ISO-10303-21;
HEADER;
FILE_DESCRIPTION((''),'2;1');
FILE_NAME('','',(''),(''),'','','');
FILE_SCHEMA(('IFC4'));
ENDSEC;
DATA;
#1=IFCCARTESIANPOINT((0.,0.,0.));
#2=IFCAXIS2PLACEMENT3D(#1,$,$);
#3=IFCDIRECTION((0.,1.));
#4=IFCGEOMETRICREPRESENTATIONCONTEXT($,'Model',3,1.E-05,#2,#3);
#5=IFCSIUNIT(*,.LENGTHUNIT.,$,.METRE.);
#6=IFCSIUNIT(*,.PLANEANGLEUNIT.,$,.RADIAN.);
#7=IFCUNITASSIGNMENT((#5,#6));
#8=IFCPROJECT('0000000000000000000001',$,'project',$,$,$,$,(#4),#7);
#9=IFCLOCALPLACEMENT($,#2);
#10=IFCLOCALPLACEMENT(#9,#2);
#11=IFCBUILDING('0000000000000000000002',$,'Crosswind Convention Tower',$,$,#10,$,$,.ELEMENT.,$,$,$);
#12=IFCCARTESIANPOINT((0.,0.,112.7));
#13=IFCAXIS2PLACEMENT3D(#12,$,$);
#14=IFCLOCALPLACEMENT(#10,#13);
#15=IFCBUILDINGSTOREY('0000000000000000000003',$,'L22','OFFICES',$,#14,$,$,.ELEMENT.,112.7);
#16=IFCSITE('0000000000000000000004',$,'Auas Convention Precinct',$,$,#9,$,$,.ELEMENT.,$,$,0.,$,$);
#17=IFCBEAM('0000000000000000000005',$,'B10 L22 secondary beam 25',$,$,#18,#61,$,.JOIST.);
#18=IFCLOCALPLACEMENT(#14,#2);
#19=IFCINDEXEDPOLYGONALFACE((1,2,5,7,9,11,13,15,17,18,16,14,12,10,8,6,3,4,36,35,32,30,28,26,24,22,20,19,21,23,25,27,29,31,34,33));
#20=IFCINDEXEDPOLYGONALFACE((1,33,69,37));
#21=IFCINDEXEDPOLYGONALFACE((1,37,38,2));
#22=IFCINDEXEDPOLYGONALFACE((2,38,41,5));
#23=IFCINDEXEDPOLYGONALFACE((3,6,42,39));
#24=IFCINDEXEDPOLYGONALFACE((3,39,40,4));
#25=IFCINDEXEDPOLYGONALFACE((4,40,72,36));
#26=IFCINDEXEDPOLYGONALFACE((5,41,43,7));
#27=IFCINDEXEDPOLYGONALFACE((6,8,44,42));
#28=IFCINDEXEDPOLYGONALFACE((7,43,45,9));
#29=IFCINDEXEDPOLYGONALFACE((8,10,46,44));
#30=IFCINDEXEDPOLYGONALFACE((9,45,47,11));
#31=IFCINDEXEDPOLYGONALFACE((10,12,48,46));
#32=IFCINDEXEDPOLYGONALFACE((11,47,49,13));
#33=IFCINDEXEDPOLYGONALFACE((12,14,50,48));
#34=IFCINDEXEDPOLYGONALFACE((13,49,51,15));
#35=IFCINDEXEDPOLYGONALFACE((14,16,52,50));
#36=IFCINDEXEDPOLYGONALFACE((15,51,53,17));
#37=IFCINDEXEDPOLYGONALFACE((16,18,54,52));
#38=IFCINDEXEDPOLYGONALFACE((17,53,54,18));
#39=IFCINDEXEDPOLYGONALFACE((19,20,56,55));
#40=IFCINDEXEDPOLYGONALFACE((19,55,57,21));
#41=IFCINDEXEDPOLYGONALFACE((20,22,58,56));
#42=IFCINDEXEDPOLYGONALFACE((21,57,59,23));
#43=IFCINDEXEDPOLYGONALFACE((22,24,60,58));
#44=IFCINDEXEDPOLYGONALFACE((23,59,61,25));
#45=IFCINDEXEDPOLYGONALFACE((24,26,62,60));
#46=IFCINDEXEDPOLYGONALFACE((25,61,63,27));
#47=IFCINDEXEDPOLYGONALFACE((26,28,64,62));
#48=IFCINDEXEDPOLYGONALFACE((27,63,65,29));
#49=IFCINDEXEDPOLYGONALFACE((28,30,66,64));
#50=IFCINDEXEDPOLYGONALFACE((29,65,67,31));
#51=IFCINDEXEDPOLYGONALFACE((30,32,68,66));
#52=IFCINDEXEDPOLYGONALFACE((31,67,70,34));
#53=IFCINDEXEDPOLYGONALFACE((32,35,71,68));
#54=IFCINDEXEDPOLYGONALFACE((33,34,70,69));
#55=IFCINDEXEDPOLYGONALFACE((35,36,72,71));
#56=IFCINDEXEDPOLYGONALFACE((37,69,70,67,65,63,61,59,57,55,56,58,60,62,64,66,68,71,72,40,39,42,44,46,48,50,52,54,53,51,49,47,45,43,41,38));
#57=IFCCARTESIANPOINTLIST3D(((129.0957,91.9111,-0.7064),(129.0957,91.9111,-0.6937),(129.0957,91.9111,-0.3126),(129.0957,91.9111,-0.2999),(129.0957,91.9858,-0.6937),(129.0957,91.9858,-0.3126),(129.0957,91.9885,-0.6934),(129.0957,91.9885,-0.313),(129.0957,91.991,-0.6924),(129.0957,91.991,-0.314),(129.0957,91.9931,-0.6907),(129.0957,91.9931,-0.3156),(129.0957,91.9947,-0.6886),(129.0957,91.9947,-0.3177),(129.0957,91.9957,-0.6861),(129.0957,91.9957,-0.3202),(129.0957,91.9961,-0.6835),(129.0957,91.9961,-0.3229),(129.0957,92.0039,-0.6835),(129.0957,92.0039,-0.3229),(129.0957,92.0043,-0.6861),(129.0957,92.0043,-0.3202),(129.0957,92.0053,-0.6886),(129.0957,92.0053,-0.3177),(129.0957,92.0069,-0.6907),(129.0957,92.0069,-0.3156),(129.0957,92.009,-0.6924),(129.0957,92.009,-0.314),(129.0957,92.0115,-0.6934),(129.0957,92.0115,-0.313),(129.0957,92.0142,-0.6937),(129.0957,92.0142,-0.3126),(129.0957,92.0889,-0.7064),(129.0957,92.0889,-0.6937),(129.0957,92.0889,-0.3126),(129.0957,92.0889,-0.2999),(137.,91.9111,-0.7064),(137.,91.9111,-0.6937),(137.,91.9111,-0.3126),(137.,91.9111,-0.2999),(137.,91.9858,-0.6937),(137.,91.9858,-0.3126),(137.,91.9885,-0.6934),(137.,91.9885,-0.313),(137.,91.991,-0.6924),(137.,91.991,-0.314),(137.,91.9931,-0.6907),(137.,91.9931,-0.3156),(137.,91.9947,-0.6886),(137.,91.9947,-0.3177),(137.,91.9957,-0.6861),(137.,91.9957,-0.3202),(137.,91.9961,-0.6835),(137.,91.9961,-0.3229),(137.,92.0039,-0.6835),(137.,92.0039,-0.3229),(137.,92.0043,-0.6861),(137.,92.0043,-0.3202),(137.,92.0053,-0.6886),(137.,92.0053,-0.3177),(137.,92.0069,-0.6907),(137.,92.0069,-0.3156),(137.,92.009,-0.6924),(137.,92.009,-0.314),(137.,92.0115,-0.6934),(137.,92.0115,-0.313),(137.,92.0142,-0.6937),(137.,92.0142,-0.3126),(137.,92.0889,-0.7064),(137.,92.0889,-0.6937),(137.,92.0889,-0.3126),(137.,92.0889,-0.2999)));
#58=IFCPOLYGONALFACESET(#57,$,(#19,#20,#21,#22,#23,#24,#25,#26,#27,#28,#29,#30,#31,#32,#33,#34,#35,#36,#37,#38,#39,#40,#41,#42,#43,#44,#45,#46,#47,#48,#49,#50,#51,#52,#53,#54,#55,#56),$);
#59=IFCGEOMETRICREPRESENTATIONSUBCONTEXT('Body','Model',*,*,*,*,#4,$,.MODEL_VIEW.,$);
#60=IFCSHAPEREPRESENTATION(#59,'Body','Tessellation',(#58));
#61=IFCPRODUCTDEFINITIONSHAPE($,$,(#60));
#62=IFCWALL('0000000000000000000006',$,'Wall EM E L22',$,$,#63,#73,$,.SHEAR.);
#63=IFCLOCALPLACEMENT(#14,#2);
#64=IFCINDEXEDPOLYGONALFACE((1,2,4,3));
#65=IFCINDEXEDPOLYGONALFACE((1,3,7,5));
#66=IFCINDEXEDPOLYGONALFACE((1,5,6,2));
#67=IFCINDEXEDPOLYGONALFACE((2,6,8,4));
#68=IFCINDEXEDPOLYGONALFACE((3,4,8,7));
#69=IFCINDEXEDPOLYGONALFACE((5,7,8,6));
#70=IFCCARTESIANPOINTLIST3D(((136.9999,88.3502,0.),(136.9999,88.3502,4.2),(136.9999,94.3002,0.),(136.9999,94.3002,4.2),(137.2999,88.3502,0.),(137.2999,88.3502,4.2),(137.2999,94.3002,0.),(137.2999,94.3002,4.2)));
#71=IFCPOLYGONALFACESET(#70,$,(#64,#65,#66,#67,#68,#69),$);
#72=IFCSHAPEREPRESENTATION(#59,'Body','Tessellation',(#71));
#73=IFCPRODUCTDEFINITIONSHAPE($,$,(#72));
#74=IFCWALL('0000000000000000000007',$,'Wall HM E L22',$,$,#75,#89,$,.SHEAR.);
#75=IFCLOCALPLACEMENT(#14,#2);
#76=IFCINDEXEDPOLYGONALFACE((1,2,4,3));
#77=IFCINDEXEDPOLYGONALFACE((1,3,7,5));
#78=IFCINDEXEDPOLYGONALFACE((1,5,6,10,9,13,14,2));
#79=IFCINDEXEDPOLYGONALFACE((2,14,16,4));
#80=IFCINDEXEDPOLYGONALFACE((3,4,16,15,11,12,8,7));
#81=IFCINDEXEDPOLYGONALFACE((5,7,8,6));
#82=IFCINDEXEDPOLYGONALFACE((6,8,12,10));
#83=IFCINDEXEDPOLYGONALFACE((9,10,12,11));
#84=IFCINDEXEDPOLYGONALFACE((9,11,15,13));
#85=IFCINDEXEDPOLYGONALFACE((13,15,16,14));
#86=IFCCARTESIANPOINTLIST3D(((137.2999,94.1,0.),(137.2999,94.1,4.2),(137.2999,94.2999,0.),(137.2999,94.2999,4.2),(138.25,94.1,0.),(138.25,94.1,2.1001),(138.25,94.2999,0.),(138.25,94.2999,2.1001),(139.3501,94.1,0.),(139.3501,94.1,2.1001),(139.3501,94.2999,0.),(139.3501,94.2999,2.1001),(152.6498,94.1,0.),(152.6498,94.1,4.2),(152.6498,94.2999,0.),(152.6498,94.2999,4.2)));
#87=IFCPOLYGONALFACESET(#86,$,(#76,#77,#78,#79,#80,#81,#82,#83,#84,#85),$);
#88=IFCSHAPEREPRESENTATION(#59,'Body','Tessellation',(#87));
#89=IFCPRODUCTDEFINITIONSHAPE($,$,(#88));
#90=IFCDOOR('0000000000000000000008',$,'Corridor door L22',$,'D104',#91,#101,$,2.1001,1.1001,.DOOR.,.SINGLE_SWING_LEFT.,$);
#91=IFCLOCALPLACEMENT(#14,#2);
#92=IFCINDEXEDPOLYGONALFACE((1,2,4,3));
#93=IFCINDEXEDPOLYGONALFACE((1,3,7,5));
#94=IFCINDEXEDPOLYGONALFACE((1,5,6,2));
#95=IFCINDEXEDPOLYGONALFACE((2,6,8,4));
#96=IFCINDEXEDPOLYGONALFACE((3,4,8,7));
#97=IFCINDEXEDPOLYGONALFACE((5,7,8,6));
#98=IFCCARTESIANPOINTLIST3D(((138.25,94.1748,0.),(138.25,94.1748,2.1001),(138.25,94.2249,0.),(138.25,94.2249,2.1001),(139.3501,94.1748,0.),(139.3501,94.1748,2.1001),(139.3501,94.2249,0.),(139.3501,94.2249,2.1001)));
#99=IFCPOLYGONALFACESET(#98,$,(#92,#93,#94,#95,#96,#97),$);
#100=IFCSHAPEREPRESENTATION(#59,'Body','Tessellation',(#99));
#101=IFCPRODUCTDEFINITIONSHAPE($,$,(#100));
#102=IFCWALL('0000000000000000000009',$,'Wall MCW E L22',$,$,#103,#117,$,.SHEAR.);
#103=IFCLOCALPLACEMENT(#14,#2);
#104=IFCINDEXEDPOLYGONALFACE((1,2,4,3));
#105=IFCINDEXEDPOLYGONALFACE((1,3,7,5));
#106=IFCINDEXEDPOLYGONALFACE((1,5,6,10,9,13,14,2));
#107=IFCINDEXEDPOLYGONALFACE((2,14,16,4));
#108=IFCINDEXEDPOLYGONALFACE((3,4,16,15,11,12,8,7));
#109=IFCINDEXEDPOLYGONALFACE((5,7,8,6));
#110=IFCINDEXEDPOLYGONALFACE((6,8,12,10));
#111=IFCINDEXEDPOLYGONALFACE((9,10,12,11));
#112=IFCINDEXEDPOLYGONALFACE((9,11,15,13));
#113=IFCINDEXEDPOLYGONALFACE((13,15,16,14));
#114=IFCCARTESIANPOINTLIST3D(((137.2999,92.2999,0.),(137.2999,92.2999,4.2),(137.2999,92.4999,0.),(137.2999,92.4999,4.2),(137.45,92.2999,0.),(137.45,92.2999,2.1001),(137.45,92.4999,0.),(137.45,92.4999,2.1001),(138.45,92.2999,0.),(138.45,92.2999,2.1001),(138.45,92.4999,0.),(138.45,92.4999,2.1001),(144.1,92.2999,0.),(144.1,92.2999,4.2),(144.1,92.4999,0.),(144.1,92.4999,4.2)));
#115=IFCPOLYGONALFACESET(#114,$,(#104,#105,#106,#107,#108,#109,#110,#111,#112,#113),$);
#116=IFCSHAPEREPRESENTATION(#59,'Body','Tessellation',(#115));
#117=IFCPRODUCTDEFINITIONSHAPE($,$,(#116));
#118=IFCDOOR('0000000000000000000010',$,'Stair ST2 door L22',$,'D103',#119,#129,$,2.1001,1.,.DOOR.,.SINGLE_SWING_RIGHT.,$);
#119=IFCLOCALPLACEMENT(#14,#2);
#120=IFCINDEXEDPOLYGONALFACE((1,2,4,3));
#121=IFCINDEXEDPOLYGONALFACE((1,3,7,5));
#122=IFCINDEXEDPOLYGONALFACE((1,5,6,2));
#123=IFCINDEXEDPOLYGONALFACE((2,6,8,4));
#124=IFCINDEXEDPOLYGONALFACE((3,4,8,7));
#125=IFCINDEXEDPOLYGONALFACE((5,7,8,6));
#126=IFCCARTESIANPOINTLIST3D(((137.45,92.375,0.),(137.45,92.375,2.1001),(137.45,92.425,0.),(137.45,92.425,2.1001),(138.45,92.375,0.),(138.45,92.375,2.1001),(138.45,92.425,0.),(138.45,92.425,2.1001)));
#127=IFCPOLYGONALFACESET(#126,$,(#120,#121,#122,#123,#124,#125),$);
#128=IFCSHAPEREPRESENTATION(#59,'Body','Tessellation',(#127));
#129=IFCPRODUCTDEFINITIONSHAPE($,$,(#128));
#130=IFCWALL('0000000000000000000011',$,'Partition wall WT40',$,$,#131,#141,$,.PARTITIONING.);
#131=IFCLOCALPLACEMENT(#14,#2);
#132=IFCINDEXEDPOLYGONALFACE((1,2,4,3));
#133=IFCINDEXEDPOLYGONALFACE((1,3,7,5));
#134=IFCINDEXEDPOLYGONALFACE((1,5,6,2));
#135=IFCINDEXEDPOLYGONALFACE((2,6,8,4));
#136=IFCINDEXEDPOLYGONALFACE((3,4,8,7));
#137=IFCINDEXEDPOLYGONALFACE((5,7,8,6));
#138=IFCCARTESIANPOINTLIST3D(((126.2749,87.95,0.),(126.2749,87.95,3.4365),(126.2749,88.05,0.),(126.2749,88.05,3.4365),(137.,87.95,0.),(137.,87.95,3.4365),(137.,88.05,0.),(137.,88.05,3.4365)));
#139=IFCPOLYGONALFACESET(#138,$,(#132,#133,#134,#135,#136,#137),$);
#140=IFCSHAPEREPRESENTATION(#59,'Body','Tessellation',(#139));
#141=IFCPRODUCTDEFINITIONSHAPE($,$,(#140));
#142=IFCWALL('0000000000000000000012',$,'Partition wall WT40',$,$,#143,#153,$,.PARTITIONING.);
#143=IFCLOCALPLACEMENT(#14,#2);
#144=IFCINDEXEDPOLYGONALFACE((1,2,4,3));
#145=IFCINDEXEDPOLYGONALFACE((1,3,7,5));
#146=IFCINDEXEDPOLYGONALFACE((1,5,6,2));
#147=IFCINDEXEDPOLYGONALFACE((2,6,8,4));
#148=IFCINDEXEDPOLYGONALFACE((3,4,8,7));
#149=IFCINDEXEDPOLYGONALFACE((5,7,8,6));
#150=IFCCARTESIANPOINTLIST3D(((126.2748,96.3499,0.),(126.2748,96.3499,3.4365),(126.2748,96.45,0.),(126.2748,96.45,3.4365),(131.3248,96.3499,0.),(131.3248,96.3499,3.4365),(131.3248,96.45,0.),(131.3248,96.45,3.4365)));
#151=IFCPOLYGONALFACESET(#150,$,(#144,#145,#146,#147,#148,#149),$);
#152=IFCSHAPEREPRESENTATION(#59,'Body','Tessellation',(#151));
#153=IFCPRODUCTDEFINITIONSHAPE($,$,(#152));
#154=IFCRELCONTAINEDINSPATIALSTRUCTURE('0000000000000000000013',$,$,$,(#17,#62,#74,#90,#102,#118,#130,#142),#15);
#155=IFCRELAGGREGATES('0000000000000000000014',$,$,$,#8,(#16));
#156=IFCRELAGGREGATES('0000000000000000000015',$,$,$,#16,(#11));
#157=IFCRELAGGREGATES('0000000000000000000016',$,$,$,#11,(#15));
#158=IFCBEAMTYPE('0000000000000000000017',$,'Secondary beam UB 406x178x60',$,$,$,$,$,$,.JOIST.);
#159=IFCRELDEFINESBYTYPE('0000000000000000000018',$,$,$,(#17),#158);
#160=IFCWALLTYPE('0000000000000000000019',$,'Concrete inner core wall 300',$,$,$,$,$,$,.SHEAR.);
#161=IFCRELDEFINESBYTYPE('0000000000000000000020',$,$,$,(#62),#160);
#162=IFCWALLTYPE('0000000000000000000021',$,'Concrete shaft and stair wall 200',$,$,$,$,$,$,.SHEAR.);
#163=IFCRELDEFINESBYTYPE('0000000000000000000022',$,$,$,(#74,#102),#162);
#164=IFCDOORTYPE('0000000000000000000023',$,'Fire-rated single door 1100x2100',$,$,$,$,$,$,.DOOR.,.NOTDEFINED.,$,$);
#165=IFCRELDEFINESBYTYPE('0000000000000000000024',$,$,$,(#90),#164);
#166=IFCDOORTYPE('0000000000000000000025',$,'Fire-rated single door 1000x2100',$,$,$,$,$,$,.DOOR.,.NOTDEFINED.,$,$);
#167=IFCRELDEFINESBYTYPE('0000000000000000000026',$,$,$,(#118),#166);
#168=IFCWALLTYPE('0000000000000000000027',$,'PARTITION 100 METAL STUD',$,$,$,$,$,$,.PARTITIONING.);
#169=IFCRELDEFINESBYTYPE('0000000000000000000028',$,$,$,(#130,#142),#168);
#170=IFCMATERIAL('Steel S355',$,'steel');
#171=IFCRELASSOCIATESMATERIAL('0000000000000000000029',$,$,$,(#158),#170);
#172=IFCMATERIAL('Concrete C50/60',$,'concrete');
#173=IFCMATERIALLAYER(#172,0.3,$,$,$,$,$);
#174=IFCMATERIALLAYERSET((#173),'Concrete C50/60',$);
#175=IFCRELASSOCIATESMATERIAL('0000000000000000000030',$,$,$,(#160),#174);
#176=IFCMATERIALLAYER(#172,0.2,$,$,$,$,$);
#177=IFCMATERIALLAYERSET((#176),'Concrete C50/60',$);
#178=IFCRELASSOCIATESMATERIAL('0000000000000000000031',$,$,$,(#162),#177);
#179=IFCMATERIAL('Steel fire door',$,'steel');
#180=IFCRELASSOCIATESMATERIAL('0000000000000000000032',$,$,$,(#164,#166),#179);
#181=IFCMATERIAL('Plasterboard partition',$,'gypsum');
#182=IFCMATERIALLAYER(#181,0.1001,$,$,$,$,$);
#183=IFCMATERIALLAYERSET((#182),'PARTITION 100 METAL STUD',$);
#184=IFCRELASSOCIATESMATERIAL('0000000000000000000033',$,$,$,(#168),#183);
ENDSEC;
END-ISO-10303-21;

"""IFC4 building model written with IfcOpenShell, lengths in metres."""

from ifc_helpers import new_model, si_unit, direction, frame, frame_2d, origin, origin_2d, place, context, subcontext, project, spatial, rectangle, i_section, extrude, material, layer, layer_set, material_profile, profile_set, type_object, element, fill, save


model = new_model("IFC4")

# Units and contexts
model_context = context("Model", 3, precision=1e-05, world=origin(), true_north=direction((0.0, 1.0)))
body_context = subcontext(model_context, "Body", "Model", "MODEL_VIEW")
ifc_project = project(units=[si_unit("LENGTHUNIT", "METRE"), si_unit("PLANEANGLEUNIT", "RADIAN")], contexts=[model_context])

# Site, building, storey
site_placement = place(None, origin())
site = spatial("IfcSite", under=ifc_project, at=site_placement, Name="Auas Convention Precinct", CompositionType="ELEMENT", RefElevation=0.0)
building_placement = place(site_placement, origin())
building = spatial("IfcBuilding", under=site, at=building_placement, Name="Crosswind Convention Tower", CompositionType="ELEMENT")
storey_placement = place(building_placement, frame((0.0, 0.0, 112.7)))
storey = spatial("IfcBuildingStorey", under=building, at=storey_placement, Name="L22", Description="OFFICES", CompositionType="ELEMENT", Elevation=112.7)

# Beam
ifc_material_1 = material(Name="Steel S355", Category="steel")
ifc_material_profile_1 = material_profile(ifc_material_1, i_section(OverallWidth=0.1777, OverallDepth=0.4065, WebThickness=0.0078, FlangeThickness=0.0127, FilletRadius=0.0103, at=origin_2d()), Name="UB 406x178x60")
ifc_profile_set_1 = profile_set([ifc_material_profile_1], Name="Steel S355")
beam_type_1 = type_object("IfcBeamType", Name="Secondary beam UB 406x178x60", PredefinedType="JOIST", material=ifc_profile_set_1)
beam_1_placement = place(storey_placement, frame((129.0957, 92.0, -0.5032), z_axis=(1.0, 0.0, 0.0), x_axis=(0.0, 1.0, 0.0)))
element("IfcBeam", 1, at=beam_1_placement, inside=storey, type_object=beam_type_1, Name="B10 L22 secondary beam 25", PredefinedType="JOIST", context=body_context, shape_type="SweptSolid", body=[
    extrude(i_section(OverallWidth=0.1777, OverallDepth=0.4065, WebThickness=0.0078, FlangeThickness=0.0127, FilletRadius=0.0103, at=origin_2d()), origin(), (0.0, 0.0, 1.0), 7.9043),
])

# Shared definitions
ifc_material_2 = material(Name="Concrete C50/60", Category="concrete")
ifc_layer_1 = layer(ifc_material_2, 0.3)
ifc_layer_set_1 = layer_set([ifc_layer_1], Name="Concrete C50/60")
wall_type_1 = type_object("IfcWallType", Name="Concrete inner core wall 300", PredefinedType="SHEAR", material=ifc_layer_set_1)

# Wall
wall_1_placement = place(storey_placement, frame((137.1499, 88.3501, 0.0), z_axis=(0.0, 0.0, 1.0), x_axis=(0.0, 1.0, 0.0)))
element("IfcWall", 2, at=wall_1_placement, inside=storey, type_object=wall_type_1, Name="Wall EM E L22", PredefinedType="SHEAR", context=body_context, shape_type="SweptSolid", body=[
    extrude(rectangle(XDim=5.95, YDim=0.3, at=frame_2d((2.9751, 0.0))), origin(), (0.0, 0.0, 1.0), 4.2),
])

# Walls, openings, doors
ifc_layer_2 = layer(ifc_material_2, 0.2)
ifc_layer_set_2 = layer_set([ifc_layer_2], Name="Concrete C50/60")
wall_type_2 = type_object("IfcWallType", Name="Concrete shaft and stair wall 200", PredefinedType="SHEAR", material=ifc_layer_set_2)
wall_2_placement = place(storey_placement, frame((137.3, 94.2, 0.0), z_axis=(0.0, 0.0, 1.0), x_axis=(1.0, 0.0, 0.0)))
wall_2 = element("IfcWall", 3, at=wall_2_placement, inside=storey, type_object=wall_type_2, Name="Wall HM E L22", PredefinedType="SHEAR", context=body_context, shape_type="SweptSolid", body=[
    extrude(rectangle(XDim=15.3499, YDim=0.2, at=frame_2d((7.6748, 0.0))), origin(), (0.0, 0.0, 1.0), 4.2),
])
opening_1_placement = place(wall_2_placement, frame((0.95, 0.0, 0.0)))
opening_1 = element("IfcOpeningElement", 4, at=opening_1_placement, cuts=wall_2, PredefinedType="OPENING", context=body_context, shape_type="SweptSolid", body=[
    extrude(rectangle(XDim=1.1001, YDim=2.1001, at=frame_2d((0.55, 1.05))), frame((0.0, 0.1099, 0.0), z_axis=(0.0, -1.0, 0.0), x_axis=(1.0, 0.0, 0.0)), (0.0, 0.0, 1.0), 0.22),
])
ifc_material_3 = material(Name="Steel fire door", Category="steel")
door_type_1 = type_object("IfcDoorType", Name="Fire-rated single door 1100x2100", OperationType="NOTDEFINED", PredefinedType="DOOR", material=ifc_material_3)
door_1_placement = place(opening_1_placement, origin())
door_1 = element("IfcDoor", 5, at=door_1_placement, inside=storey, type_object=door_type_1, Name="Corridor door L22", ObjectType="D104", OperationType="SINGLE_SWING_LEFT", OverallHeight=2.1001, OverallWidth=1.1001, PredefinedType="DOOR", context=body_context, shape_type="SweptSolid", body=[
    extrude(rectangle(XDim=1.1001, YDim=2.1001, at=frame_2d((0.55, 1.05))), frame((0.0, 0.0249, 0.0), z_axis=(0.0, -1.0, 0.0), x_axis=(1.0, 0.0, 0.0)), (0.0, 0.0, 1.0), 0.05),
])
fill(opening_1, door_1)
wall_3_placement = place(storey_placement, frame((137.3, 92.3999, 0.0), z_axis=(0.0, 0.0, 1.0), x_axis=(1.0, 0.0, 0.0)))
wall_3 = element("IfcWall", 6, at=wall_3_placement, inside=storey, type_object=wall_type_2, Name="Wall MCW E L22", PredefinedType="SHEAR", context=body_context, shape_type="SweptSolid", body=[
    extrude(rectangle(XDim=6.8, YDim=0.2, at=frame_2d((3.3999, 0.0))), origin(), (0.0, 0.0, 1.0), 4.2),
])
opening_2_placement = place(wall_3_placement, frame((0.1499, 0.0, 0.0)))
opening_2 = element("IfcOpeningElement", 7, at=opening_2_placement, cuts=wall_3, PredefinedType="OPENING", context=body_context, shape_type="SweptSolid", body=[
    extrude(rectangle(XDim=1.0, YDim=2.1001, at=frame_2d((0.5, 1.05))), frame((0.0, 0.1099, 0.0), z_axis=(0.0, -1.0, 0.0), x_axis=(1.0, 0.0, 0.0)), (0.0, 0.0, 1.0), 0.22),
])
door_type_2 = type_object("IfcDoorType", Name="Fire-rated single door 1000x2100", OperationType="NOTDEFINED", PredefinedType="DOOR", material=ifc_material_3)
door_2_placement = place(opening_2_placement, frame((1.0, 0.0, 0.0), z_axis=(0.0, 0.0, 1.0), x_axis=(-1.0, 0.0, 0.0)))
door_2 = element("IfcDoor", 8, at=door_2_placement, inside=storey, type_object=door_type_2, Name="Stair ST2 door L22", ObjectType="D103", OperationType="SINGLE_SWING_RIGHT", OverallHeight=2.1001, OverallWidth=1.0, PredefinedType="DOOR", context=body_context, shape_type="SweptSolid", body=[
    extrude(rectangle(XDim=1.0, YDim=2.1001, at=frame_2d((0.5, 1.05))), frame((0.0, 0.0249, 0.0), z_axis=(0.0, -1.0, 0.0), x_axis=(1.0, 0.0, 0.0)), (0.0, 0.0, 1.0), 0.05),
])
fill(opening_2, door_2)

# Walls
ifc_material_4 = material(Name="Plasterboard partition", Category="gypsum")
ifc_layer_3 = layer(ifc_material_4, 0.1001)
ifc_layer_set_3 = layer_set([ifc_layer_3], Name="PARTITION 100 METAL STUD")
wall_type_3 = type_object("IfcWallType", Name="PARTITION 100 METAL STUD", PredefinedType="PARTITIONING", material=ifc_layer_set_3)
wall_4_placement = place(storey_placement, frame((126.2749, 88.0, 0.0), z_axis=(0.0, 0.0, 1.0), x_axis=(1.0, 0.0, 0.0)))
element("IfcWall", 9, at=wall_4_placement, inside=storey, type_object=wall_type_3, Name="Partition wall WT40", PredefinedType="PARTITIONING", context=body_context, shape_type="SweptSolid", body=[
    extrude(rectangle(XDim=10.7251, YDim=0.1001, at=frame_2d((5.3625, 0.0))), origin(), (0.0, 0.0, 1.0), 3.4365),
])
wall_5_placement = place(storey_placement, frame((126.2749, 96.3999, 0.0), z_axis=(0.0, 0.0, 1.0), x_axis=(1.0, 0.0, 0.0)))
element("IfcWall", 10, at=wall_5_placement, inside=storey, type_object=wall_type_3, Name="Partition wall WT40", PredefinedType="PARTITIONING", context=body_context, shape_type="SweptSolid", body=[
    extrude(rectangle(XDim=5.05, YDim=0.1001, at=frame_2d((2.5249, 0.0))), origin(), (0.0, 0.0, 1.0), 3.4365),
])

save(model, "model.ifc")
